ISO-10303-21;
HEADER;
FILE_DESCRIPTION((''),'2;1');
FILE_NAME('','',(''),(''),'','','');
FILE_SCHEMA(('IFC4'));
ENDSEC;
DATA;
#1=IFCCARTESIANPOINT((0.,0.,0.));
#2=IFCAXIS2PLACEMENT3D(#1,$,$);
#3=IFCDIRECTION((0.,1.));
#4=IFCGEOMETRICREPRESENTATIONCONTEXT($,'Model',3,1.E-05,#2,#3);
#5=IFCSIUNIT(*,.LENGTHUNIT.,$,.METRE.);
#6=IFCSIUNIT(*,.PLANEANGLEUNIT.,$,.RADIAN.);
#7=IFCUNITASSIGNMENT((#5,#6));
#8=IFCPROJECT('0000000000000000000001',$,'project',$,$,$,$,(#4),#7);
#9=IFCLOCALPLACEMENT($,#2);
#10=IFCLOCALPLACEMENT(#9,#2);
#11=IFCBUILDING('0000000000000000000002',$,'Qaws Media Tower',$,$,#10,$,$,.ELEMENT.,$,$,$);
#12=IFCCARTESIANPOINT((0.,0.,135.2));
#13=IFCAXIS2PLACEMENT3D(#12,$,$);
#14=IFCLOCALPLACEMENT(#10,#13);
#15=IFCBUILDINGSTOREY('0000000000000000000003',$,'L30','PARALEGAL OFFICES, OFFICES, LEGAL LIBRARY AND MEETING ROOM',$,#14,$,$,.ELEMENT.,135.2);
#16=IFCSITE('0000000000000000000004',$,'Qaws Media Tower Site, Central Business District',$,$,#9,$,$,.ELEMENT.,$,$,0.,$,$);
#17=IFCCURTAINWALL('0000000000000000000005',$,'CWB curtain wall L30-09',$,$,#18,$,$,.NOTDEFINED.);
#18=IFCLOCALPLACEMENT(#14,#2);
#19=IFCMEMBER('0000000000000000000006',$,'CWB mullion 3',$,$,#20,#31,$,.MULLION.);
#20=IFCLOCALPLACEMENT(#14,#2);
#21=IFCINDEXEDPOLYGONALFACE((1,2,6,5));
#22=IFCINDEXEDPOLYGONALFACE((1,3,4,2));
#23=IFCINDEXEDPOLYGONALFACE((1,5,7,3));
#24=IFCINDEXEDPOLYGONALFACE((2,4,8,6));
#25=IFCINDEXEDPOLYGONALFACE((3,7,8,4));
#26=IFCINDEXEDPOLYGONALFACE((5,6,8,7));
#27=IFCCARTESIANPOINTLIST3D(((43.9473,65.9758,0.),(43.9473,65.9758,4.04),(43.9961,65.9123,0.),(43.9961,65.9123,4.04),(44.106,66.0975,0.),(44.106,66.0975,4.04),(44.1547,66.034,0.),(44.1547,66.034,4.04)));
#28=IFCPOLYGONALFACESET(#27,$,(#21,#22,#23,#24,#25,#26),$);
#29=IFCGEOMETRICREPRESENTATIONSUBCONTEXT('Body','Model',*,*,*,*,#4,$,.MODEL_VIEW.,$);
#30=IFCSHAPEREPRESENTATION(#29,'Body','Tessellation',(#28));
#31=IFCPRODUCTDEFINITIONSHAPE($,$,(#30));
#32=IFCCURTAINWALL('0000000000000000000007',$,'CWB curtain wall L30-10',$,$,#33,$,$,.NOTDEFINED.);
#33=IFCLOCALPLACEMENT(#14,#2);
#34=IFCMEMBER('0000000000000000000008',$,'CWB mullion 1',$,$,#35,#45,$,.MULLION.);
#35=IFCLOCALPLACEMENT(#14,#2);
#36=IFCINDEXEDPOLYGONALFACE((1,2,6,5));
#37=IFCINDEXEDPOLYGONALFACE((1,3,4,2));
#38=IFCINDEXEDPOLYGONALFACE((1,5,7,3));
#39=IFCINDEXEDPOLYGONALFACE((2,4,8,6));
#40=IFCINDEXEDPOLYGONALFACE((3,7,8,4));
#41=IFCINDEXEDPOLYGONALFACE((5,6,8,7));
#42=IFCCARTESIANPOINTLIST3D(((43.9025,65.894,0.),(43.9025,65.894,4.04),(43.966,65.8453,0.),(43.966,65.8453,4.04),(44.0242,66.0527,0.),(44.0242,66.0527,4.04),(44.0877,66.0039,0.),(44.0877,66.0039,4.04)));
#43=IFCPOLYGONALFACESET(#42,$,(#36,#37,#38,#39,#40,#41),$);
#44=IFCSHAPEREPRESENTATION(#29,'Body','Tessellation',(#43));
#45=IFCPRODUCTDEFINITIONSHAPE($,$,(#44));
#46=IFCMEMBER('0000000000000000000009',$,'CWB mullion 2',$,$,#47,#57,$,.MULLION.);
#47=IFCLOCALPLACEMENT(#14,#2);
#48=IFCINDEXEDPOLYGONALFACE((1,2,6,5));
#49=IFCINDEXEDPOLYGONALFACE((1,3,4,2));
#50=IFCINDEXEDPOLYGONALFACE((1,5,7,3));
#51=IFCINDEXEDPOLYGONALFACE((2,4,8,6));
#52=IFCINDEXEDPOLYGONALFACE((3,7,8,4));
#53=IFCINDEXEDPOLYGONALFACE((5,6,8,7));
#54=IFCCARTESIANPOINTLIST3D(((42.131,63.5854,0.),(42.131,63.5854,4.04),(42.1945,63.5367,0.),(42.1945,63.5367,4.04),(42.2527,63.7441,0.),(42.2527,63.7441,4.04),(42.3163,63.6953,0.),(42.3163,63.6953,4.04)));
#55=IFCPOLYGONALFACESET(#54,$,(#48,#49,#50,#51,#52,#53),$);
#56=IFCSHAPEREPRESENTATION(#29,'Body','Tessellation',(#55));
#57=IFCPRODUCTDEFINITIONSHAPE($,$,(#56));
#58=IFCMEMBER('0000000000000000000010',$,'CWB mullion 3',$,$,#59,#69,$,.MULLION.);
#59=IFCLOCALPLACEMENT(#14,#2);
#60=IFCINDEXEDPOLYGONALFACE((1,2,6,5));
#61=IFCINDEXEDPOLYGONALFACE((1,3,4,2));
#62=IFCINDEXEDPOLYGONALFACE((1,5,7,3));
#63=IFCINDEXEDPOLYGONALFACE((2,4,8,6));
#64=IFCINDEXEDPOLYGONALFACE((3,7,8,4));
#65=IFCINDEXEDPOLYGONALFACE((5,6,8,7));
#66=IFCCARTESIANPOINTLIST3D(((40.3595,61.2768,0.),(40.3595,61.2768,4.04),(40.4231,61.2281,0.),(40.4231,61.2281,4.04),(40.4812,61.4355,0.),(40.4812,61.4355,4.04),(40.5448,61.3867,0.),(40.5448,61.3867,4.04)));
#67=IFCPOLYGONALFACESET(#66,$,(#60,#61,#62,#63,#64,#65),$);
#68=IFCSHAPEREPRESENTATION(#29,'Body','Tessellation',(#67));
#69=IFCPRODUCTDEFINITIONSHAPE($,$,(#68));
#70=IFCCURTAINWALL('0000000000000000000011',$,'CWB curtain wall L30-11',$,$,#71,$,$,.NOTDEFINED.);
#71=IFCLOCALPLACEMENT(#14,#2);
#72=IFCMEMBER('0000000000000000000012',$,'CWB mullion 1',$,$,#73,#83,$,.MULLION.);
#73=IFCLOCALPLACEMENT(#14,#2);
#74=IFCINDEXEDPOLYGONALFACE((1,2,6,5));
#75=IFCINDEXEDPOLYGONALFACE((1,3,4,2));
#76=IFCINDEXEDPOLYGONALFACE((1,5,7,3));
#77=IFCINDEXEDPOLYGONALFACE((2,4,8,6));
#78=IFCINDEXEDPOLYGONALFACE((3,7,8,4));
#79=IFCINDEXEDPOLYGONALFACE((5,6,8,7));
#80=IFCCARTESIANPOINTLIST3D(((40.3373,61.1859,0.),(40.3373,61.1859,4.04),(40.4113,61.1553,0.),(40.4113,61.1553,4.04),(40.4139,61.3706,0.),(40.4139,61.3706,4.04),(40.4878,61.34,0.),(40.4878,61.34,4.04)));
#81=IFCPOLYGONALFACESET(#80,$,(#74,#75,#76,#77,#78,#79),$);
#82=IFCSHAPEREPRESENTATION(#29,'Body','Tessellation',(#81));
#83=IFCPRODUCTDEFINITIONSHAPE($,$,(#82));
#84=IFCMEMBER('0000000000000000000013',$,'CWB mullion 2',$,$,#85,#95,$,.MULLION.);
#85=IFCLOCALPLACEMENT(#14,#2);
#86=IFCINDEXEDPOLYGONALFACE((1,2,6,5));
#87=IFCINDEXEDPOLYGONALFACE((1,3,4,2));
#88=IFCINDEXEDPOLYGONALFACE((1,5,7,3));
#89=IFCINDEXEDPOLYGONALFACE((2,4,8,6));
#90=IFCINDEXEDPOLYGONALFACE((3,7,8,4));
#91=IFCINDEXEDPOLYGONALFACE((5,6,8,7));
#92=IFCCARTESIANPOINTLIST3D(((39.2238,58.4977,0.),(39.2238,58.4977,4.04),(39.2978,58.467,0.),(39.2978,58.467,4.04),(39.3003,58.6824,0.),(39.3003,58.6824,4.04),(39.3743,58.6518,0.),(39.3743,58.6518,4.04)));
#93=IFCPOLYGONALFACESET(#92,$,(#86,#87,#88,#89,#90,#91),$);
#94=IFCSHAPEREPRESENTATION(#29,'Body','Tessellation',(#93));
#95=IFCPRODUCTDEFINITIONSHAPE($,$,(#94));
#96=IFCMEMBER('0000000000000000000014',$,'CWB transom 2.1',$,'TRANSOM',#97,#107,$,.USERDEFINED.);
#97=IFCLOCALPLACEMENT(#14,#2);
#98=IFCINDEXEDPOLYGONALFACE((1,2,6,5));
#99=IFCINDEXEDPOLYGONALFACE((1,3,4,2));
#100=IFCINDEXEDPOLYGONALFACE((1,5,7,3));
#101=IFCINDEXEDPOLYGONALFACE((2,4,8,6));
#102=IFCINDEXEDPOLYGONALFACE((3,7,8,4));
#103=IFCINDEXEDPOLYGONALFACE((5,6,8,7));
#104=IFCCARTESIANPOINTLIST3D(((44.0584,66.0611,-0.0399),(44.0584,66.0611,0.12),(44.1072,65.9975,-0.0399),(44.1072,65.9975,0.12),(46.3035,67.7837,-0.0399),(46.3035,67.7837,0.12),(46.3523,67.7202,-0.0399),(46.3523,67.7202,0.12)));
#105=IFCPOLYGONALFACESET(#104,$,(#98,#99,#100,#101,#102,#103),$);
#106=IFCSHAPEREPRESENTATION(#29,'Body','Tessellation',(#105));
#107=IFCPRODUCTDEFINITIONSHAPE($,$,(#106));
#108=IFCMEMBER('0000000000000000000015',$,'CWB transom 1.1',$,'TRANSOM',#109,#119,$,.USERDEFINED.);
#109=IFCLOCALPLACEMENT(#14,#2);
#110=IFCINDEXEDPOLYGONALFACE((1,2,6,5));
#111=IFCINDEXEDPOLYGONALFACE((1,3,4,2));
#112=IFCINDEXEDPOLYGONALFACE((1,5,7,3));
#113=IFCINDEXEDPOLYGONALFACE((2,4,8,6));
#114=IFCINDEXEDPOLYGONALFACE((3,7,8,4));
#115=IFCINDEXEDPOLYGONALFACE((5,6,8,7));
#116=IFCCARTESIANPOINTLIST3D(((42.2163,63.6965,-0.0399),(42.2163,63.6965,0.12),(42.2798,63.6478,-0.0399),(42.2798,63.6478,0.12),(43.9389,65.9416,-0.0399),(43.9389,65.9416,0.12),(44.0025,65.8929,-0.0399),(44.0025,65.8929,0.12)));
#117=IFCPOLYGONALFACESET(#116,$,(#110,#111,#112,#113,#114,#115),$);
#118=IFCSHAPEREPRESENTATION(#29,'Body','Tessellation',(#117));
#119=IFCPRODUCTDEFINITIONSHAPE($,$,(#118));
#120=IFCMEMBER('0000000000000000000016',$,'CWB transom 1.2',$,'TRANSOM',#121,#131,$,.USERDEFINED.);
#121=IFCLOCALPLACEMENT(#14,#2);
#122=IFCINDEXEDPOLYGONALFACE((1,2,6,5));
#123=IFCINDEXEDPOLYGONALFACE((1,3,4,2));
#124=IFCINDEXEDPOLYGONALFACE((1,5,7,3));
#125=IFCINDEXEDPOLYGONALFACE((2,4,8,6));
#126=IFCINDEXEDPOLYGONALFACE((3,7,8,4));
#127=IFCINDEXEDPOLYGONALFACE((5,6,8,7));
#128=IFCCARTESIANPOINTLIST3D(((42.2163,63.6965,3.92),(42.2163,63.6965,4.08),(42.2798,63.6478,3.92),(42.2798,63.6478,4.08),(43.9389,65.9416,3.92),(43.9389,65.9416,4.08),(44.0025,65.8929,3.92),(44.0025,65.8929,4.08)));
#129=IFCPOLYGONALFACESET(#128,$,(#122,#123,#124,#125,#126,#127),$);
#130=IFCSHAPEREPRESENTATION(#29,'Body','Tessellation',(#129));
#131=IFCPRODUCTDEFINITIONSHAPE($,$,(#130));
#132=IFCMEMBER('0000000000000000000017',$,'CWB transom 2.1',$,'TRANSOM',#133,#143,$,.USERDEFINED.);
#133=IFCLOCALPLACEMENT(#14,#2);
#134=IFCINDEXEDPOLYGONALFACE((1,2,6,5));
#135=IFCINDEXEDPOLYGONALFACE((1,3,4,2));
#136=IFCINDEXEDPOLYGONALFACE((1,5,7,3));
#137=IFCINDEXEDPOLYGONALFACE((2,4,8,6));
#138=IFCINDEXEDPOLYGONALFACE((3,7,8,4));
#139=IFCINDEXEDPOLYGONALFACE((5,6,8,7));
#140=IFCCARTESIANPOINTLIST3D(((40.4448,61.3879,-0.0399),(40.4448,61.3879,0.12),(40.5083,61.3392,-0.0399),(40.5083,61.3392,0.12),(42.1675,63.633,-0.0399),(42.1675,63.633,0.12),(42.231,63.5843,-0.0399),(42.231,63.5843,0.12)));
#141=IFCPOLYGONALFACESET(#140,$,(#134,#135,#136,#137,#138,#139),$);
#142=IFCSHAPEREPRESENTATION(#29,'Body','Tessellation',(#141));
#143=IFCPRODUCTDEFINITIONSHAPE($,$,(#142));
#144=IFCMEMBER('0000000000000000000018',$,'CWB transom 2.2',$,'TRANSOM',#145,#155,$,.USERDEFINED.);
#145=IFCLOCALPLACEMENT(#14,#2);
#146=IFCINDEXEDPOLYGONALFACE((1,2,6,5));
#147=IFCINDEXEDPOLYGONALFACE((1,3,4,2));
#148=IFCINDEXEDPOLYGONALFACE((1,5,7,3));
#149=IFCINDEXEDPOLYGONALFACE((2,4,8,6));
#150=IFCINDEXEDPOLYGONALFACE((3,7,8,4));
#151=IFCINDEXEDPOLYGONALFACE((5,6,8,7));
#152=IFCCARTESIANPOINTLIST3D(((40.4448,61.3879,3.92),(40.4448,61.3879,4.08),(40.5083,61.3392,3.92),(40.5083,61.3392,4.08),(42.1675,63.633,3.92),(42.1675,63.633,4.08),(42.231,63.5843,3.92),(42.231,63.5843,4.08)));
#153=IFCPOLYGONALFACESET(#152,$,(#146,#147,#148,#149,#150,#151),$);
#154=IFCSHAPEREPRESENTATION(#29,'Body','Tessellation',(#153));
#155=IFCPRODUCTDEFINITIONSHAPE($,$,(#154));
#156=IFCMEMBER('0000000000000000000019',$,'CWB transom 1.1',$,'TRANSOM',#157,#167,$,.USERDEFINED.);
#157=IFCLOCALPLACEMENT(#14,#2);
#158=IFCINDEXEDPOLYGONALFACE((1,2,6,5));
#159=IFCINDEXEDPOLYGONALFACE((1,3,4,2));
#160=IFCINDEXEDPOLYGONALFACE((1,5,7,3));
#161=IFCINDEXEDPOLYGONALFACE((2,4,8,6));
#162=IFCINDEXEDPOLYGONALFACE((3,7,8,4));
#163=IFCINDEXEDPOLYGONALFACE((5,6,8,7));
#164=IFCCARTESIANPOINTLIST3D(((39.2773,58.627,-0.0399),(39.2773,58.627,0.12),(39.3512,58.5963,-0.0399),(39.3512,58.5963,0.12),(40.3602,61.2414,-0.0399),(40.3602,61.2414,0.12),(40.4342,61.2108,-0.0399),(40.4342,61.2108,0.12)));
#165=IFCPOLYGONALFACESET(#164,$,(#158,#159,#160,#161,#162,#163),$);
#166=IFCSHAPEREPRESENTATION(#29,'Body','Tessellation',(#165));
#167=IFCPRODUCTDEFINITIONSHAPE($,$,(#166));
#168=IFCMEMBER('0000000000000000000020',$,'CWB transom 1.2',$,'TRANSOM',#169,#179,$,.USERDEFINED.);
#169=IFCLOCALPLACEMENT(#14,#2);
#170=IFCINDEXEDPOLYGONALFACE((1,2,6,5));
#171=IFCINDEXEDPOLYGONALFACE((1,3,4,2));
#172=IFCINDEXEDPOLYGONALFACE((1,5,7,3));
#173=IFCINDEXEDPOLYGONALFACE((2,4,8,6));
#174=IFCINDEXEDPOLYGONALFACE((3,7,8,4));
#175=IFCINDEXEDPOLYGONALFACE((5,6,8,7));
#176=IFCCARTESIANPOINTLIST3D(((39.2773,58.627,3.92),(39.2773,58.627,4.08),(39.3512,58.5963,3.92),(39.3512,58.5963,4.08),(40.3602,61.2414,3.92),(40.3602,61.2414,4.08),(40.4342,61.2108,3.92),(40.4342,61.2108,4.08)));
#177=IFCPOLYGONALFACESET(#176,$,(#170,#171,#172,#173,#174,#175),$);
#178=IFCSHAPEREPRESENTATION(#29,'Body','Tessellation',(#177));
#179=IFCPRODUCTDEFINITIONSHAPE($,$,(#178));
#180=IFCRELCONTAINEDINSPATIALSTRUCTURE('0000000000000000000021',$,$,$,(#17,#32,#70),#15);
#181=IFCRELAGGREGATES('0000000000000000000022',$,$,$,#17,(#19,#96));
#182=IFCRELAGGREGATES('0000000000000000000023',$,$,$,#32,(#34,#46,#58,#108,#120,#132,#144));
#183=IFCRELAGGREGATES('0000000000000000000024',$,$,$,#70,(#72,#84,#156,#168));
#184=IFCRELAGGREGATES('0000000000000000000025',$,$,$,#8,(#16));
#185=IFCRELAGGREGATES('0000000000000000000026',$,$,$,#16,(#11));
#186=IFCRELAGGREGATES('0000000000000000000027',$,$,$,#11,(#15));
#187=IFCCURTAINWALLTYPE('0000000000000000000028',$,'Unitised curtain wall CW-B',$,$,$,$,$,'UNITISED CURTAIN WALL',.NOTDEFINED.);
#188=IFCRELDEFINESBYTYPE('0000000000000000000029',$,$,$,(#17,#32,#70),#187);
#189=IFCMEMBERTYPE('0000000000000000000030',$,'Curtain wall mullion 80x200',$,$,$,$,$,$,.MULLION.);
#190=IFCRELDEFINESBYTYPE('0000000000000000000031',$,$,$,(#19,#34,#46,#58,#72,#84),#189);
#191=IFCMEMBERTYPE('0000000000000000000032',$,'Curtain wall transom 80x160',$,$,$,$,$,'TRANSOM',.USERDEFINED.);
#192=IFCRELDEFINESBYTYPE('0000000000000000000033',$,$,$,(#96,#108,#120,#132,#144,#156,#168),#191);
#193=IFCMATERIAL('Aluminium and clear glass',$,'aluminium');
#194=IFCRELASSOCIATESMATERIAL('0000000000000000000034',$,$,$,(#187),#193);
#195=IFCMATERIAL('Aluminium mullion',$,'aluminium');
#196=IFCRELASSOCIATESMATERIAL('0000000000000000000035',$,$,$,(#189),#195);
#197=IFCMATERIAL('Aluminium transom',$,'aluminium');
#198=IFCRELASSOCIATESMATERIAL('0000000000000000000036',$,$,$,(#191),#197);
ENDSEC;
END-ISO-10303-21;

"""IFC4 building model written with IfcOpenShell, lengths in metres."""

from ifc_helpers import new_model, si_unit, direction, frame, origin, origin_2d, place, context, subcontext, project, spatial, rectangle, extrude, material, material_profile, profile_set, type_object, element, aggregate, save


model = new_model("IFC4")

# Units and contexts
model_context = context("Model", 3, precision=1e-05, world=origin(), true_north=direction((0.0, 1.0)))
body_context = subcontext(model_context, "Body", "Model", "MODEL_VIEW")
ifc_project = project(units=[si_unit("LENGTHUNIT", "METRE"), si_unit("PLANEANGLEUNIT", "RADIAN")], contexts=[model_context])

# Site, building, storey
site_placement = place(None, origin())
site = spatial("IfcSite", under=ifc_project, at=site_placement, Name="Qaws Media Tower Site, Central Business District", CompositionType="ELEMENT", RefElevation=0.0)
building_placement = place(site_placement, origin())
building = spatial("IfcBuilding", under=site, at=building_placement, Name="Qaws Media Tower", CompositionType="ELEMENT")
storey_placement = place(building_placement, frame((0.0, 0.0, 135.2)))
storey = spatial("IfcBuildingStorey", under=building, at=storey_placement, Name="L30", Description="PARALEGAL OFFICES, OFFICES, LEGAL LIBRARY AND MEETING ROOM", CompositionType="ELEMENT", Elevation=135.2)

# Curtain wall, member
ifc_material_1 = material(Name="Aluminium and clear glass", Category="aluminium")
curtain_wall_type = type_object("IfcCurtainWallType", Name="Unitised curtain wall CW-B", ElementType="UNITISED CURTAIN WALL", PredefinedType="NOTDEFINED", material=ifc_material_1)
curtain_wall_1_placement = place(storey_placement, origin())
curtain_wall_1 = element("IfcCurtainWall", 1, at=curtain_wall_1_placement, inside=storey, type_object=curtain_wall_type, Name="CWB curtain wall L30-09", PredefinedType="NOTDEFINED")
ifc_material_2 = material(Name="Aluminium mullion", Category="aluminium")
ifc_material_profile_1 = material_profile(ifc_material_2, rectangle(XDim=0.0801, YDim=0.2, at=origin_2d()), Name="80x200")
ifc_profile_set_1 = profile_set([ifc_material_profile_1], Name="Aluminium mullion")
member_type_1 = type_object("IfcMemberType", Name="Curtain wall mullion 80x200", PredefinedType="MULLION", material=ifc_profile_set_1)
member_1_placement = place(storey_placement, frame((44.051, 66.0049, 0.0), z_axis=(0.0, 0.0, 1.0), x_axis=(0.608761, -0.793353, 0.0)))
member_1 = element("IfcMember", 2, at=member_1_placement, type_object=member_type_1, Name="CWB mullion 3", PredefinedType="MULLION", context=body_context, shape_type="SweptSolid", body=[
    extrude(rectangle(XDim=0.0801, YDim=0.2, at=origin_2d()), origin(), (0.0, 0.0, 1.0), 4.04),
])

# Curtain walls, members
curtain_wall_2_placement = place(storey_placement, origin())
curtain_wall_2 = element("IfcCurtainWall", 3, at=curtain_wall_2_placement, inside=storey, type_object=curtain_wall_type, Name="CWB curtain wall L30-10", PredefinedType="NOTDEFINED")
member_2_placement = place(storey_placement, frame((43.9951, 65.949, 0.0), z_axis=(0.0, 0.0, 1.0), x_axis=(0.793353, -0.608761, 0.0)))
member_2 = element("IfcMember", 4, at=member_2_placement, type_object=member_type_1, Name="CWB mullion 1", PredefinedType="MULLION", context=body_context, shape_type="SweptSolid", body=[
    extrude(rectangle(XDim=0.0801, YDim=0.2, at=origin_2d()), origin(), (0.0, 0.0, 1.0), 4.04),
])
member_3_placement = place(storey_placement, frame((42.2236, 63.6404, 0.0), z_axis=(0.0, 0.0, 1.0), x_axis=(0.793353, -0.608761, 0.0)))
member_3 = element("IfcMember", 5, at=member_3_placement, type_object=member_type_1, Name="CWB mullion 2", PredefinedType="MULLION", context=body_context, shape_type="SweptSolid", body=[
    extrude(rectangle(XDim=0.0801, YDim=0.2, at=origin_2d()), origin(), (0.0, 0.0, 1.0), 4.04),
])
member_4_placement = place(storey_placement, frame((40.4521, 61.3318, 0.0), z_axis=(0.0, 0.0, 1.0), x_axis=(0.793353, -0.608761, 0.0)))
member_4 = element("IfcMember", 6, at=member_4_placement, type_object=member_type_1, Name="CWB mullion 3", PredefinedType="MULLION", context=body_context, shape_type="SweptSolid", body=[
    extrude(rectangle(XDim=0.0801, YDim=0.2, at=origin_2d()), origin(), (0.0, 0.0, 1.0), 4.04),
])
curtain_wall_3_placement = place(storey_placement, origin())
curtain_wall_3 = element("IfcCurtainWall", 7, at=curtain_wall_3_placement, inside=storey, type_object=curtain_wall_type, Name="CWB curtain wall L30-11", PredefinedType="NOTDEFINED")
member_5_placement = place(storey_placement, frame((40.4126, 61.2629, 0.0), z_axis=(0.0, 0.0, 1.0), x_axis=(0.92388, -0.382683, 0.0)))
member_5 = element("IfcMember", 8, at=member_5_placement, type_object=member_type_1, Name="CWB mullion 1", PredefinedType="MULLION", context=body_context, shape_type="SweptSolid", body=[
    extrude(rectangle(XDim=0.0801, YDim=0.2, at=origin_2d()), origin(), (0.0, 0.0, 1.0), 4.04),
])
member_6_placement = place(storey_placement, frame((39.2991, 58.5747, 0.0), z_axis=(0.0, 0.0, 1.0), x_axis=(0.92388, -0.382683, 0.0)))
member_6 = element("IfcMember", 9, at=member_6_placement, type_object=member_type_1, Name="CWB mullion 2", PredefinedType="MULLION", context=body_context, shape_type="SweptSolid", body=[
    extrude(rectangle(XDim=0.0801, YDim=0.2, at=origin_2d()), origin(), (0.0, 0.0, 1.0), 4.04),
])

# Members
ifc_material_3 = material(Name="Aluminium transom", Category="aluminium")
ifc_material_profile_2 = material_profile(ifc_material_3, rectangle(XDim=0.0801, YDim=0.1599, at=origin_2d()), Name="80x160")
ifc_profile_set_2 = profile_set([ifc_material_profile_2], Name="Aluminium transom")
member_type_2 = type_object("IfcMemberType", Name="Curtain wall transom 80x160", ElementType="TRANSOM", PredefinedType="USERDEFINED", material=ifc_profile_set_2)
member_7_placement = place(storey_placement, frame((46.3279, 67.752, 0.04), z_axis=(-0.793367, -0.608743, 0.0), x_axis=(0.608743, -0.793367, 0.0)))
member_7 = element("IfcMember", 10, at=member_7_placement, type_object=member_type_2, Name="CWB transom 2.1", ObjectType="TRANSOM", PredefinedType="USERDEFINED", context=body_context, shape_type="SweptSolid", body=[
    extrude(rectangle(XDim=0.0801, YDim=0.1599, at=origin_2d()), origin(), (0.0, 0.0, 1.0), 2.8298),
])
member_8_placement = place(storey_placement, frame((43.9707, 65.9172, 0.04), z_axis=(-0.608743, -0.793367, 0.0), x_axis=(0.793367, -0.608743, 0.0)))
member_8 = element("IfcMember", 11, at=member_8_placement, type_object=member_type_2, Name="CWB transom 1.1", ObjectType="TRANSOM", PredefinedType="USERDEFINED", context=body_context, shape_type="SweptSolid", body=[
    extrude(rectangle(XDim=0.0801, YDim=0.1599, at=origin_2d()), origin(), (0.0, 0.0, 1.0), 2.8298),
])
member_9_placement = place(storey_placement, frame((43.9707, 65.9172, 4.0), z_axis=(-0.608743, -0.793367, 0.0), x_axis=(0.793367, -0.608743, 0.0)))
member_9 = element("IfcMember", 12, at=member_9_placement, type_object=member_type_2, Name="CWB transom 1.2", ObjectType="TRANSOM", PredefinedType="USERDEFINED", context=body_context, shape_type="SweptSolid", body=[
    extrude(rectangle(XDim=0.0801, YDim=0.1599, at=origin_2d()), origin(), (0.0, 0.0, 1.0), 2.8298),
])
member_10_placement = place(storey_placement, frame((42.1992, 63.6086, 0.04), z_axis=(-0.608743, -0.793367, 0.0), x_axis=(0.793367, -0.608743, 0.0)))
member_10 = element("IfcMember", 13, at=member_10_placement, type_object=member_type_2, Name="CWB transom 2.1", ObjectType="TRANSOM", PredefinedType="USERDEFINED", context=body_context, shape_type="SweptSolid", body=[
    extrude(rectangle(XDim=0.0801, YDim=0.1599, at=origin_2d()), origin(), (0.0, 0.0, 1.0), 2.8298),
])
member_11_placement = place(storey_placement, frame((42.1992, 63.6086, 4.0), z_axis=(-0.608743, -0.793367, 0.0), x_axis=(0.793367, -0.608743, 0.0)))
member_11 = element("IfcMember", 14, at=member_11_placement, type_object=member_type_2, Name="CWB transom 2.2", ObjectType="TRANSOM", PredefinedType="USERDEFINED", context=body_context, shape_type="SweptSolid", body=[
    extrude(rectangle(XDim=0.0801, YDim=0.1599, at=origin_2d()), origin(), (0.0, 0.0, 1.0), 2.8298),
])
member_12_placement = place(storey_placement, frame((40.3972, 61.2261, 0.04), z_axis=(-0.382697, -0.923874, 0.0), x_axis=(0.923874, -0.382697, 0.0)))
member_12 = element("IfcMember", 15, at=member_12_placement, type_object=member_type_2, Name="CWB transom 1.1", ObjectType="TRANSOM", PredefinedType="USERDEFINED", context=body_context, shape_type="SweptSolid", body=[
    extrude(rectangle(XDim=0.0801, YDim=0.1599, at=origin_2d()), origin(), (0.0, 0.0, 1.0), 2.8298),
])
member_13_placement = place(storey_placement, frame((40.3972, 61.2261, 4.0), z_axis=(-0.382697, -0.923874, 0.0), x_axis=(0.923874, -0.382697, 0.0)))
member_13 = element("IfcMember", 16, at=member_13_placement, type_object=member_type_2, Name="CWB transom 1.2", ObjectType="TRANSOM", PredefinedType="USERDEFINED", context=body_context, shape_type="SweptSolid", body=[
    extrude(rectangle(XDim=0.0801, YDim=0.1599, at=origin_2d()), origin(), (0.0, 0.0, 1.0), 2.8298),
])

aggregate(curtain_wall_1, [member_1, member_7])
aggregate(curtain_wall_2, [member_2, member_3, member_4, member_8, member_9, member_10, member_11])
aggregate(curtain_wall_3, [member_5, member_6, member_12, member_13])

save(model, "model.ifc")
